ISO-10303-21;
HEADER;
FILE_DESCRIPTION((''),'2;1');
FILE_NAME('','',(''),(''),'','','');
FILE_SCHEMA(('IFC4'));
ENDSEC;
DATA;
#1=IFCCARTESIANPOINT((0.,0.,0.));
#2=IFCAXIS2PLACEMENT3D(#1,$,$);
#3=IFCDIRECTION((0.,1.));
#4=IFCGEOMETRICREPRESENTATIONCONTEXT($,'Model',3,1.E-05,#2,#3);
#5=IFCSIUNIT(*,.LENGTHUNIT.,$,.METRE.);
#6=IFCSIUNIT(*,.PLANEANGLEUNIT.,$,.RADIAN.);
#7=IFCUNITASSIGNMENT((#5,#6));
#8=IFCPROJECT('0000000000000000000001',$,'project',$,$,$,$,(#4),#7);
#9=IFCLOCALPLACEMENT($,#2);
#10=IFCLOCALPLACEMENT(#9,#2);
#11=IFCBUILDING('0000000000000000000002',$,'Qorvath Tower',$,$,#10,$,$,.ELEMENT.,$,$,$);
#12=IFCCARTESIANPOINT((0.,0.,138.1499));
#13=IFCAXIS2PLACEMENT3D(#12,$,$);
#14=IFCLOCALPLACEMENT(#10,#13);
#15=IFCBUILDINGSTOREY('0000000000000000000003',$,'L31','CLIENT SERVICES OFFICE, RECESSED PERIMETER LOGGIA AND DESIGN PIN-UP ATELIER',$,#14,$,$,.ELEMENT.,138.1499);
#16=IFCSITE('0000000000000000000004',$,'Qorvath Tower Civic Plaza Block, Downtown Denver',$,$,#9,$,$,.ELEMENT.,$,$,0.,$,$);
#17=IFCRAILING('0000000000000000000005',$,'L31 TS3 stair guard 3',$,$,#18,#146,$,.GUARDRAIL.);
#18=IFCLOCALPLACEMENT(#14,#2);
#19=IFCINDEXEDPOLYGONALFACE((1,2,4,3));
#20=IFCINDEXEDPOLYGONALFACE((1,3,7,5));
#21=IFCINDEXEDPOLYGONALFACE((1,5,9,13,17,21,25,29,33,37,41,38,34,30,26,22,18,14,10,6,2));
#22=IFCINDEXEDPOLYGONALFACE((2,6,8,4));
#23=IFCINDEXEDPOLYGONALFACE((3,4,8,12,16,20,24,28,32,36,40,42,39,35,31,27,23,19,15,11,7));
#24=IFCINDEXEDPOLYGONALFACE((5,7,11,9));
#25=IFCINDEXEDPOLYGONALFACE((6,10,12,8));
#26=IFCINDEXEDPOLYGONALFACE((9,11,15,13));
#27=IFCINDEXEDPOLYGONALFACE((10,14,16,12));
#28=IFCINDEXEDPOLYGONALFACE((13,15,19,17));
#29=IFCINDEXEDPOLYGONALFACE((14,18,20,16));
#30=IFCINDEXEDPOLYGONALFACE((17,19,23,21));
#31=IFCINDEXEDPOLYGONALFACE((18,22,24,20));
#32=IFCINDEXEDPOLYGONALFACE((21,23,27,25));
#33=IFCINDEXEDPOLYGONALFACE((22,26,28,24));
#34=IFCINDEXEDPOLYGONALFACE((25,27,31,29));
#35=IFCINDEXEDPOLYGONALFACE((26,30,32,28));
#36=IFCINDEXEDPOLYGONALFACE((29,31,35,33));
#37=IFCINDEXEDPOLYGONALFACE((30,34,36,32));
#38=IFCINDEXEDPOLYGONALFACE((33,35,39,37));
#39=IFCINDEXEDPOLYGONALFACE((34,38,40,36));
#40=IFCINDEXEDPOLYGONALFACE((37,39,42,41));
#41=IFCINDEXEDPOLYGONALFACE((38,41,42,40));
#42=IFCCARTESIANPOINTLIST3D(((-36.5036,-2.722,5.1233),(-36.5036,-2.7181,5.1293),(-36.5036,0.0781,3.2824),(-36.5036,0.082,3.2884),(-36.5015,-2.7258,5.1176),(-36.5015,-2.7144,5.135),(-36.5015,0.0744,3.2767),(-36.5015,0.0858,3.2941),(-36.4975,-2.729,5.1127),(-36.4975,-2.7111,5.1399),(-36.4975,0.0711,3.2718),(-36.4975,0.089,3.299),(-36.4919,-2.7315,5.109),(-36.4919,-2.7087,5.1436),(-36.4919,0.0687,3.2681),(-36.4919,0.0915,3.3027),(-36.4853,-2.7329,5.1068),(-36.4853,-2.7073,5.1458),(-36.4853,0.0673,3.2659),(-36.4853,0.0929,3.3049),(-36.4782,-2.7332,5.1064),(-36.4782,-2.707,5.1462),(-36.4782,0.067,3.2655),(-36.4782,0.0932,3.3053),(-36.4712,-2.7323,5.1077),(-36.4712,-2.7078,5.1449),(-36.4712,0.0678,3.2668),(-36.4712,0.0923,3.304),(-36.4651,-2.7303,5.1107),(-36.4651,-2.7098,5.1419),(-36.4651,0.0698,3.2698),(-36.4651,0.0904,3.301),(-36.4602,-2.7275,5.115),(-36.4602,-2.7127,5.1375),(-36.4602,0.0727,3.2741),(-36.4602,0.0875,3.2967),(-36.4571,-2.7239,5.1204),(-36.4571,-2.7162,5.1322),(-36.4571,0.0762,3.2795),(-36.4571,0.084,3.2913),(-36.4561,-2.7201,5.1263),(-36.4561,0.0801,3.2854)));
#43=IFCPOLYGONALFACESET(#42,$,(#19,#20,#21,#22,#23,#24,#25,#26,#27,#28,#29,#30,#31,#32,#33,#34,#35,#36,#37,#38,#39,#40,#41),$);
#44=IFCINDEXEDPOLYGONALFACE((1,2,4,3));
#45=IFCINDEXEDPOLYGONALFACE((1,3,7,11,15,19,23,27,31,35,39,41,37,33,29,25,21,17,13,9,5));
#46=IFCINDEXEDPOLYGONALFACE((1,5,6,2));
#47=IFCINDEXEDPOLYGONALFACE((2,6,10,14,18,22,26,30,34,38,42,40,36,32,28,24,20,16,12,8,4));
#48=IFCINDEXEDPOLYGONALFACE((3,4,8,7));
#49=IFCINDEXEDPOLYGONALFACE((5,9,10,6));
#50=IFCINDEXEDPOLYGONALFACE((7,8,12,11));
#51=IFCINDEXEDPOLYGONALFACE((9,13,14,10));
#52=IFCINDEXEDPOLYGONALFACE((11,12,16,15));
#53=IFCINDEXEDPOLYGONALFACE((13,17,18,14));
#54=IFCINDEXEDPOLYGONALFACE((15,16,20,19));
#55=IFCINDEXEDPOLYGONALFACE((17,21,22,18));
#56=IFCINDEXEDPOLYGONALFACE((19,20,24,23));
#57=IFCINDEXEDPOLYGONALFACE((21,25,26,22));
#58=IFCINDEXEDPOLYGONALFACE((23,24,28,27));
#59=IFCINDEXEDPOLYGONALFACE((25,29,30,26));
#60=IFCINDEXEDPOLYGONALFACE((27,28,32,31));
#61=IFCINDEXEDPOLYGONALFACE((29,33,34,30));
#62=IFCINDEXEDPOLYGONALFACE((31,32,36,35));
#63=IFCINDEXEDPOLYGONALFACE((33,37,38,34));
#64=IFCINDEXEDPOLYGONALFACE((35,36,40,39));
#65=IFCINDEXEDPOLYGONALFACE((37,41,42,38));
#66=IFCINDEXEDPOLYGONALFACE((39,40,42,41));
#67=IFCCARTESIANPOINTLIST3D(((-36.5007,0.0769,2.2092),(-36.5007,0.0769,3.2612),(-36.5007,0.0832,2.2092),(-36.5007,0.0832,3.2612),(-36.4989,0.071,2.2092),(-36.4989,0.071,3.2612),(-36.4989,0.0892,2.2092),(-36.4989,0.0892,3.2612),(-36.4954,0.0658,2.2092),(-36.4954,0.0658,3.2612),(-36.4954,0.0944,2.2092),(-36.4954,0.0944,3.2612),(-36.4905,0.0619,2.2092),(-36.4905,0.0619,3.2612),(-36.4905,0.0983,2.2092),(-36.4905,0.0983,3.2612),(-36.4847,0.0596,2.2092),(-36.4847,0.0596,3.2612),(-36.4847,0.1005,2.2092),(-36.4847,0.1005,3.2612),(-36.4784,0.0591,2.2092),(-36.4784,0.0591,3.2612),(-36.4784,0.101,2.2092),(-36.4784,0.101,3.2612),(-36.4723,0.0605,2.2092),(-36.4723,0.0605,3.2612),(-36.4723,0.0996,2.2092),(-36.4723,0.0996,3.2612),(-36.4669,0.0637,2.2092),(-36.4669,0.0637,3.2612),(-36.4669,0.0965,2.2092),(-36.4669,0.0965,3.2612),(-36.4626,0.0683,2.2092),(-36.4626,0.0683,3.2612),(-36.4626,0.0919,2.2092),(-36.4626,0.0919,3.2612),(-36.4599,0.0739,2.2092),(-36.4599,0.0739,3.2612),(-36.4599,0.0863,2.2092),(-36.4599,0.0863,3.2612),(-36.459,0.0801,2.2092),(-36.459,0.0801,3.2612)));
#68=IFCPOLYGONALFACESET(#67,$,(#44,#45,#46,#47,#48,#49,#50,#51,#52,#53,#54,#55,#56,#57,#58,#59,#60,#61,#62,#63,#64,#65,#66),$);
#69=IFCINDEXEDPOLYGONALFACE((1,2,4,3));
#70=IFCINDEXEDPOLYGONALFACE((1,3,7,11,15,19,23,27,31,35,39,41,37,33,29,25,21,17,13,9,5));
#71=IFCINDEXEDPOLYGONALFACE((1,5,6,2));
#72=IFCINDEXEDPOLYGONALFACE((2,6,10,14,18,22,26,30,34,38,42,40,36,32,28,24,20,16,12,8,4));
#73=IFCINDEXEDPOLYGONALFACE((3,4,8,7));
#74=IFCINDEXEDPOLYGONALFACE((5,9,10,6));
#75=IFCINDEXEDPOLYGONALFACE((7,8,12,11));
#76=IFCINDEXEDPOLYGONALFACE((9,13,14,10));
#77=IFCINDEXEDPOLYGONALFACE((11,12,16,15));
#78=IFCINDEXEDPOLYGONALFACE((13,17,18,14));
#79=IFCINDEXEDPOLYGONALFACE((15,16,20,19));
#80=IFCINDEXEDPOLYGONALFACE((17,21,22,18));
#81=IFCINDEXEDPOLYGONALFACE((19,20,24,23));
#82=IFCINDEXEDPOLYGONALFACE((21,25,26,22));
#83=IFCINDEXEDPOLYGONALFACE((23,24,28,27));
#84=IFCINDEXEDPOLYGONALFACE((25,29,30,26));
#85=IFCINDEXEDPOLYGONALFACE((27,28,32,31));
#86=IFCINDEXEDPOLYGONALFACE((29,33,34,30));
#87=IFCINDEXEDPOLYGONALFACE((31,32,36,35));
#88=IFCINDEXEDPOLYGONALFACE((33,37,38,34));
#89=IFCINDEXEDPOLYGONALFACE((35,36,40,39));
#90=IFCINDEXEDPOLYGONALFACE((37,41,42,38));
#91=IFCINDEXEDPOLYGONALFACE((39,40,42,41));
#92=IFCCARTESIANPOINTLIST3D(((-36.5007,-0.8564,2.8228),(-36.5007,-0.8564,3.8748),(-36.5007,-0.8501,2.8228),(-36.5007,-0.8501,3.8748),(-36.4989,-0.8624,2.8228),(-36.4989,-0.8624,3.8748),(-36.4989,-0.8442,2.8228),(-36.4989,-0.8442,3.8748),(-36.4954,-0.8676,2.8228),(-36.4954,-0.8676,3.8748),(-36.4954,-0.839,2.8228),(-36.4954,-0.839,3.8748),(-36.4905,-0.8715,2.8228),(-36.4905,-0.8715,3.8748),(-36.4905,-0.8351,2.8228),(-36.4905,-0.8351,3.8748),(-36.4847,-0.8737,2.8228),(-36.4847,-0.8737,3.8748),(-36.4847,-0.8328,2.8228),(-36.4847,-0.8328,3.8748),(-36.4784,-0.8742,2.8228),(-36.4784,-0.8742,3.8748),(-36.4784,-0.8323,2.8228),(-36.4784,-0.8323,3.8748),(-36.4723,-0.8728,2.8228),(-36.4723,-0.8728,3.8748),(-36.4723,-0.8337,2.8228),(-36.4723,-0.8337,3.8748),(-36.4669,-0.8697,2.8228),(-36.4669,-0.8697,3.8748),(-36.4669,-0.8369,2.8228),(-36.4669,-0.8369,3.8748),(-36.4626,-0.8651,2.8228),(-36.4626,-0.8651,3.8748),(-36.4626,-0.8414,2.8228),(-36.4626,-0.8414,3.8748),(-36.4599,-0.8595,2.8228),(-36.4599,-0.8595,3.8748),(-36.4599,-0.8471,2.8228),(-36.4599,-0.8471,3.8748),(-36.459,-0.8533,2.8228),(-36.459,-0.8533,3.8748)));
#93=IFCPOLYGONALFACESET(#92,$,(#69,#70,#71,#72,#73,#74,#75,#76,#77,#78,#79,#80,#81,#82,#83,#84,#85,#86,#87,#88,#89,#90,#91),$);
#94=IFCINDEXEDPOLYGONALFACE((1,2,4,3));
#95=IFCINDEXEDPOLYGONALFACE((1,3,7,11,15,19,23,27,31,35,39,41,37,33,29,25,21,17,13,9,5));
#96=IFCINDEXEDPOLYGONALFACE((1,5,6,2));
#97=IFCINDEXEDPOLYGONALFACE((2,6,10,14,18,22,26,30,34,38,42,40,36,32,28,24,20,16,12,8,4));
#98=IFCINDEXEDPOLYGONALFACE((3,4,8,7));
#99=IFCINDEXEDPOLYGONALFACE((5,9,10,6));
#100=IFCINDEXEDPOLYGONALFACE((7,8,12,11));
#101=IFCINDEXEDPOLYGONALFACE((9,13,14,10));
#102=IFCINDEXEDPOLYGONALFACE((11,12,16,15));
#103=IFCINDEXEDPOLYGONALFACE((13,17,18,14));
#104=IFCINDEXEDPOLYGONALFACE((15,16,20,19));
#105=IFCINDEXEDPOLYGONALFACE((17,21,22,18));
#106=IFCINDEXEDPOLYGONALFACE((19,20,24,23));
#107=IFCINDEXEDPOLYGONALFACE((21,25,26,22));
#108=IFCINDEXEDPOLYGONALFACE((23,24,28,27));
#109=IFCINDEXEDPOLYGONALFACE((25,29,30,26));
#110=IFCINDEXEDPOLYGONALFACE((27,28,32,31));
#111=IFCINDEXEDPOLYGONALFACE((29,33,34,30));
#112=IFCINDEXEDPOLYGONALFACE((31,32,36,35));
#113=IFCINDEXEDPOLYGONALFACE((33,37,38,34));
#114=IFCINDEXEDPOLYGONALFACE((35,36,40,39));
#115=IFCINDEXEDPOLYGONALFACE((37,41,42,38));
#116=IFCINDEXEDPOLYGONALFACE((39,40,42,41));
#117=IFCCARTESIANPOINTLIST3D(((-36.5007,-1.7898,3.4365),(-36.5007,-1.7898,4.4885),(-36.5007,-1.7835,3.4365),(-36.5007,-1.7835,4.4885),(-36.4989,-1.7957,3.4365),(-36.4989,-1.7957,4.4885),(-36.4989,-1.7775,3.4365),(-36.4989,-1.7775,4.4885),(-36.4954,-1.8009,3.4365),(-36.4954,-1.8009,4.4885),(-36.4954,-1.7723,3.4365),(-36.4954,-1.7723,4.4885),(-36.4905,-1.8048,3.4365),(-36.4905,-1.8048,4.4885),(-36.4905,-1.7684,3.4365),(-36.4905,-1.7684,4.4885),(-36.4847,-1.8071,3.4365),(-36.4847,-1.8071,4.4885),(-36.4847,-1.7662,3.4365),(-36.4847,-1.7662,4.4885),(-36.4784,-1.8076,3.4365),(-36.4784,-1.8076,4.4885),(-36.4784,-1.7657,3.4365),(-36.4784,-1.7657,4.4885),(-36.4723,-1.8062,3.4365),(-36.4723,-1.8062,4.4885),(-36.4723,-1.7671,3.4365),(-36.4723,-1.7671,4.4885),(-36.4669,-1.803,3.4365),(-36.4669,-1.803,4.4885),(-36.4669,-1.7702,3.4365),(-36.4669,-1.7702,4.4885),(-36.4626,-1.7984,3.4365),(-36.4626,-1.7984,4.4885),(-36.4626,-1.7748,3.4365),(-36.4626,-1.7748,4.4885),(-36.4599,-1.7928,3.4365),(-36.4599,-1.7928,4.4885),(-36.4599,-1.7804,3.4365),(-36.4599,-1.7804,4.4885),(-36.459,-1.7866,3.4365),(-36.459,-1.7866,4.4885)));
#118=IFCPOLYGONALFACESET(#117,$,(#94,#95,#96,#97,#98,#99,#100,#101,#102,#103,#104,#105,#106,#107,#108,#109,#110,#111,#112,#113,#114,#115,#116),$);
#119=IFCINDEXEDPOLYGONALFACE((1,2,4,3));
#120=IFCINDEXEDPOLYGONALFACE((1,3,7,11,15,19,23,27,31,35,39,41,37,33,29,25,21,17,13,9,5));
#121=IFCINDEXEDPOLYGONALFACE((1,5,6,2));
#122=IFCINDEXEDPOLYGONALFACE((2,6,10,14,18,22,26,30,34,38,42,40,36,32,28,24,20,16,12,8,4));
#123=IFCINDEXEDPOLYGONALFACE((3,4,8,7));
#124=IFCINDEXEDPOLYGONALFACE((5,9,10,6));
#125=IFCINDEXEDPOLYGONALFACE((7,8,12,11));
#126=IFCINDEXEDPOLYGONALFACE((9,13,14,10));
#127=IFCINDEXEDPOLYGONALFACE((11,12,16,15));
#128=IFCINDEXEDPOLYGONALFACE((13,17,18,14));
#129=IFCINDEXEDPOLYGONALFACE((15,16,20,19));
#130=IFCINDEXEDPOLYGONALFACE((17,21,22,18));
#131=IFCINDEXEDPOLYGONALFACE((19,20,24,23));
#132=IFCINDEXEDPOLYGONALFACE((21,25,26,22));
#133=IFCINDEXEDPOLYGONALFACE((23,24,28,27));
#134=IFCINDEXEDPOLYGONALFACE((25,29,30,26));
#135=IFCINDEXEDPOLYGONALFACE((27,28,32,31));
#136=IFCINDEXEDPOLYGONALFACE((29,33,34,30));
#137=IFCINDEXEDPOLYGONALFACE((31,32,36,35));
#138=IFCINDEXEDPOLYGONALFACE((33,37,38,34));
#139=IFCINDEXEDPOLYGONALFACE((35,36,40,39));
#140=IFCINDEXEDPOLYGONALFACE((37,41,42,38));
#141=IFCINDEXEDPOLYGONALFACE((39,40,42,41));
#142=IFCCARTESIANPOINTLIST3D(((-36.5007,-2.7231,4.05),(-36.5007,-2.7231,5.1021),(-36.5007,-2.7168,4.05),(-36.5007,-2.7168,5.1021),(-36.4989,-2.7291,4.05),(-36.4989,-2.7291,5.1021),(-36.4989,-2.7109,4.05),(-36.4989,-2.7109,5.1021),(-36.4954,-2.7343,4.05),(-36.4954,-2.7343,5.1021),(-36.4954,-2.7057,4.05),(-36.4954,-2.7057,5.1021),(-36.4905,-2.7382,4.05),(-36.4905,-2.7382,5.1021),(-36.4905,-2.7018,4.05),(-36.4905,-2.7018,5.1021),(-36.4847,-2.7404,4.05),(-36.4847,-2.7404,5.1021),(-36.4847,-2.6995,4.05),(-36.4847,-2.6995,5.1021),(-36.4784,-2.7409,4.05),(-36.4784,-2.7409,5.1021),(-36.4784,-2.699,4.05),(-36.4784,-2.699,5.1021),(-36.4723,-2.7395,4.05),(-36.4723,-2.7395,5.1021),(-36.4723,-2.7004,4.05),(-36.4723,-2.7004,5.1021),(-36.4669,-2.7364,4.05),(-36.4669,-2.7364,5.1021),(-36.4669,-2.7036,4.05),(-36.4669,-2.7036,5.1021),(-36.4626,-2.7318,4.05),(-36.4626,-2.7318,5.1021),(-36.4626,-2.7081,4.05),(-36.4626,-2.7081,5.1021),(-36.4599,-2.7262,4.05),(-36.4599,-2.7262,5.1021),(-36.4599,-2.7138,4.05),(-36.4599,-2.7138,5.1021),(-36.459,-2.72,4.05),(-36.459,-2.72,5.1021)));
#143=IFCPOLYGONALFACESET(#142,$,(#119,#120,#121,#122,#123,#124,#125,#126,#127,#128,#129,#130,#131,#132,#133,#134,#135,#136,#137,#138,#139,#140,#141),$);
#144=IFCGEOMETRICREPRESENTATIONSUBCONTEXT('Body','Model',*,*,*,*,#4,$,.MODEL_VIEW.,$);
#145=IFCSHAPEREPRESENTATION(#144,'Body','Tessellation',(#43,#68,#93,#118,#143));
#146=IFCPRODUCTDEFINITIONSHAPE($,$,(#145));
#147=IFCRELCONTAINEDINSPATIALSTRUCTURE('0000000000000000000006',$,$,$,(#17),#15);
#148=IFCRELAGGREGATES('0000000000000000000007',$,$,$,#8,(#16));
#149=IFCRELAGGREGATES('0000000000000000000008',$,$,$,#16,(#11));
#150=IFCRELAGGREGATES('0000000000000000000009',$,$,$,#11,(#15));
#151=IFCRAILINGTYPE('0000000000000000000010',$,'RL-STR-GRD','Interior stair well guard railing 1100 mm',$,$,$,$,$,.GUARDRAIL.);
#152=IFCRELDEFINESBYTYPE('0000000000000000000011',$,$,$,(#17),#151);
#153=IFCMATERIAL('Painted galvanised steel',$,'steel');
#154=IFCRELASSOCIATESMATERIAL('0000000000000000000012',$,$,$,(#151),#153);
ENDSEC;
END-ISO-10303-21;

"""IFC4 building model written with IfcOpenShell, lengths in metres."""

from ifc_helpers import new_model, si_unit, direction, frame, origin, origin_2d, place, context, subcontext, project, spatial, circle, extrude, material, type_object, element, save


model = new_model("IFC4")

# Units and contexts
model_context = context("Model", 3, precision=1e-05, world=origin(), true_north=direction((0.0, 1.0)))
body_context = subcontext(model_context, "Body", "Model", "MODEL_VIEW")
ifc_project = project(units=[si_unit("LENGTHUNIT", "METRE"), si_unit("PLANEANGLEUNIT", "RADIAN")], contexts=[model_context])

# Site, building, storey
site_placement = place(None, origin())
site = spatial("IfcSite", under=ifc_project, at=site_placement, Name="Qorvath Tower Civic Plaza Block, Downtown Denver", CompositionType="ELEMENT", RefElevation=0.0)
building_placement = place(site_placement, origin())
building = spatial("IfcBuilding", under=site, at=building_placement, Name="Qorvath Tower", CompositionType="ELEMENT")
storey_placement = place(building_placement, frame((0.0, 0.0, 138.1499)))
storey = spatial("IfcBuildingStorey", under=building, at=storey_placement, Name="L31", Description="CLIENT SERVICES OFFICE, RECESSED PERIMETER LOGGIA AND DESIGN PIN-UP ATELIER", CompositionType="ELEMENT", Elevation=138.1499)

# Railing
ifc_material_1 = material(Name="Painted galvanised steel", Category="steel")
railing_type_1 = type_object("IfcRailingType", Name="RL-STR-GRD", Description="Interior stair well guard railing 1100 mm", PredefinedType="GUARDRAIL", material=ifc_material_1)
railing_1_placement = place(storey_placement, frame((-36.48, 0.0801, 2.2092)))
element("IfcRailing", 1, at=railing_1_placement, inside=storey, type_object=railing_type_1, Name="L31 TS3 stair guard 3", PredefinedType="GUARDRAIL", context=body_context, shape_type="SweptSolid", body=[
    extrude(circle(Radius=0.0239, at=origin_2d()), frame((0.0, 0.0, 1.0762), z_axis=(0.0, -0.835598, 0.549342), x_axis=(1.0, 0.0, 0.0)), (0.0, 0.0, 1.0), 3.3511),
    extrude(circle(Radius=0.021, at=origin_2d()), origin(), (0.0, 0.0, 1.0), 1.052),
    extrude(circle(Radius=0.021, at=origin_2d()), frame((0.0, -0.9333, 0.6135)), (0.0, 0.0, 1.0), 1.052),
    extrude(circle(Radius=0.021, at=origin_2d()), frame((0.0, -1.8667, 1.2273)), (0.0, 0.0, 1.0), 1.052),
    extrude(circle(Radius=0.021, at=origin_2d()), frame((0.0, -2.8, 1.8408)), (0.0, 0.0, 1.0), 1.052),
])

save(model, "model.ifc")
